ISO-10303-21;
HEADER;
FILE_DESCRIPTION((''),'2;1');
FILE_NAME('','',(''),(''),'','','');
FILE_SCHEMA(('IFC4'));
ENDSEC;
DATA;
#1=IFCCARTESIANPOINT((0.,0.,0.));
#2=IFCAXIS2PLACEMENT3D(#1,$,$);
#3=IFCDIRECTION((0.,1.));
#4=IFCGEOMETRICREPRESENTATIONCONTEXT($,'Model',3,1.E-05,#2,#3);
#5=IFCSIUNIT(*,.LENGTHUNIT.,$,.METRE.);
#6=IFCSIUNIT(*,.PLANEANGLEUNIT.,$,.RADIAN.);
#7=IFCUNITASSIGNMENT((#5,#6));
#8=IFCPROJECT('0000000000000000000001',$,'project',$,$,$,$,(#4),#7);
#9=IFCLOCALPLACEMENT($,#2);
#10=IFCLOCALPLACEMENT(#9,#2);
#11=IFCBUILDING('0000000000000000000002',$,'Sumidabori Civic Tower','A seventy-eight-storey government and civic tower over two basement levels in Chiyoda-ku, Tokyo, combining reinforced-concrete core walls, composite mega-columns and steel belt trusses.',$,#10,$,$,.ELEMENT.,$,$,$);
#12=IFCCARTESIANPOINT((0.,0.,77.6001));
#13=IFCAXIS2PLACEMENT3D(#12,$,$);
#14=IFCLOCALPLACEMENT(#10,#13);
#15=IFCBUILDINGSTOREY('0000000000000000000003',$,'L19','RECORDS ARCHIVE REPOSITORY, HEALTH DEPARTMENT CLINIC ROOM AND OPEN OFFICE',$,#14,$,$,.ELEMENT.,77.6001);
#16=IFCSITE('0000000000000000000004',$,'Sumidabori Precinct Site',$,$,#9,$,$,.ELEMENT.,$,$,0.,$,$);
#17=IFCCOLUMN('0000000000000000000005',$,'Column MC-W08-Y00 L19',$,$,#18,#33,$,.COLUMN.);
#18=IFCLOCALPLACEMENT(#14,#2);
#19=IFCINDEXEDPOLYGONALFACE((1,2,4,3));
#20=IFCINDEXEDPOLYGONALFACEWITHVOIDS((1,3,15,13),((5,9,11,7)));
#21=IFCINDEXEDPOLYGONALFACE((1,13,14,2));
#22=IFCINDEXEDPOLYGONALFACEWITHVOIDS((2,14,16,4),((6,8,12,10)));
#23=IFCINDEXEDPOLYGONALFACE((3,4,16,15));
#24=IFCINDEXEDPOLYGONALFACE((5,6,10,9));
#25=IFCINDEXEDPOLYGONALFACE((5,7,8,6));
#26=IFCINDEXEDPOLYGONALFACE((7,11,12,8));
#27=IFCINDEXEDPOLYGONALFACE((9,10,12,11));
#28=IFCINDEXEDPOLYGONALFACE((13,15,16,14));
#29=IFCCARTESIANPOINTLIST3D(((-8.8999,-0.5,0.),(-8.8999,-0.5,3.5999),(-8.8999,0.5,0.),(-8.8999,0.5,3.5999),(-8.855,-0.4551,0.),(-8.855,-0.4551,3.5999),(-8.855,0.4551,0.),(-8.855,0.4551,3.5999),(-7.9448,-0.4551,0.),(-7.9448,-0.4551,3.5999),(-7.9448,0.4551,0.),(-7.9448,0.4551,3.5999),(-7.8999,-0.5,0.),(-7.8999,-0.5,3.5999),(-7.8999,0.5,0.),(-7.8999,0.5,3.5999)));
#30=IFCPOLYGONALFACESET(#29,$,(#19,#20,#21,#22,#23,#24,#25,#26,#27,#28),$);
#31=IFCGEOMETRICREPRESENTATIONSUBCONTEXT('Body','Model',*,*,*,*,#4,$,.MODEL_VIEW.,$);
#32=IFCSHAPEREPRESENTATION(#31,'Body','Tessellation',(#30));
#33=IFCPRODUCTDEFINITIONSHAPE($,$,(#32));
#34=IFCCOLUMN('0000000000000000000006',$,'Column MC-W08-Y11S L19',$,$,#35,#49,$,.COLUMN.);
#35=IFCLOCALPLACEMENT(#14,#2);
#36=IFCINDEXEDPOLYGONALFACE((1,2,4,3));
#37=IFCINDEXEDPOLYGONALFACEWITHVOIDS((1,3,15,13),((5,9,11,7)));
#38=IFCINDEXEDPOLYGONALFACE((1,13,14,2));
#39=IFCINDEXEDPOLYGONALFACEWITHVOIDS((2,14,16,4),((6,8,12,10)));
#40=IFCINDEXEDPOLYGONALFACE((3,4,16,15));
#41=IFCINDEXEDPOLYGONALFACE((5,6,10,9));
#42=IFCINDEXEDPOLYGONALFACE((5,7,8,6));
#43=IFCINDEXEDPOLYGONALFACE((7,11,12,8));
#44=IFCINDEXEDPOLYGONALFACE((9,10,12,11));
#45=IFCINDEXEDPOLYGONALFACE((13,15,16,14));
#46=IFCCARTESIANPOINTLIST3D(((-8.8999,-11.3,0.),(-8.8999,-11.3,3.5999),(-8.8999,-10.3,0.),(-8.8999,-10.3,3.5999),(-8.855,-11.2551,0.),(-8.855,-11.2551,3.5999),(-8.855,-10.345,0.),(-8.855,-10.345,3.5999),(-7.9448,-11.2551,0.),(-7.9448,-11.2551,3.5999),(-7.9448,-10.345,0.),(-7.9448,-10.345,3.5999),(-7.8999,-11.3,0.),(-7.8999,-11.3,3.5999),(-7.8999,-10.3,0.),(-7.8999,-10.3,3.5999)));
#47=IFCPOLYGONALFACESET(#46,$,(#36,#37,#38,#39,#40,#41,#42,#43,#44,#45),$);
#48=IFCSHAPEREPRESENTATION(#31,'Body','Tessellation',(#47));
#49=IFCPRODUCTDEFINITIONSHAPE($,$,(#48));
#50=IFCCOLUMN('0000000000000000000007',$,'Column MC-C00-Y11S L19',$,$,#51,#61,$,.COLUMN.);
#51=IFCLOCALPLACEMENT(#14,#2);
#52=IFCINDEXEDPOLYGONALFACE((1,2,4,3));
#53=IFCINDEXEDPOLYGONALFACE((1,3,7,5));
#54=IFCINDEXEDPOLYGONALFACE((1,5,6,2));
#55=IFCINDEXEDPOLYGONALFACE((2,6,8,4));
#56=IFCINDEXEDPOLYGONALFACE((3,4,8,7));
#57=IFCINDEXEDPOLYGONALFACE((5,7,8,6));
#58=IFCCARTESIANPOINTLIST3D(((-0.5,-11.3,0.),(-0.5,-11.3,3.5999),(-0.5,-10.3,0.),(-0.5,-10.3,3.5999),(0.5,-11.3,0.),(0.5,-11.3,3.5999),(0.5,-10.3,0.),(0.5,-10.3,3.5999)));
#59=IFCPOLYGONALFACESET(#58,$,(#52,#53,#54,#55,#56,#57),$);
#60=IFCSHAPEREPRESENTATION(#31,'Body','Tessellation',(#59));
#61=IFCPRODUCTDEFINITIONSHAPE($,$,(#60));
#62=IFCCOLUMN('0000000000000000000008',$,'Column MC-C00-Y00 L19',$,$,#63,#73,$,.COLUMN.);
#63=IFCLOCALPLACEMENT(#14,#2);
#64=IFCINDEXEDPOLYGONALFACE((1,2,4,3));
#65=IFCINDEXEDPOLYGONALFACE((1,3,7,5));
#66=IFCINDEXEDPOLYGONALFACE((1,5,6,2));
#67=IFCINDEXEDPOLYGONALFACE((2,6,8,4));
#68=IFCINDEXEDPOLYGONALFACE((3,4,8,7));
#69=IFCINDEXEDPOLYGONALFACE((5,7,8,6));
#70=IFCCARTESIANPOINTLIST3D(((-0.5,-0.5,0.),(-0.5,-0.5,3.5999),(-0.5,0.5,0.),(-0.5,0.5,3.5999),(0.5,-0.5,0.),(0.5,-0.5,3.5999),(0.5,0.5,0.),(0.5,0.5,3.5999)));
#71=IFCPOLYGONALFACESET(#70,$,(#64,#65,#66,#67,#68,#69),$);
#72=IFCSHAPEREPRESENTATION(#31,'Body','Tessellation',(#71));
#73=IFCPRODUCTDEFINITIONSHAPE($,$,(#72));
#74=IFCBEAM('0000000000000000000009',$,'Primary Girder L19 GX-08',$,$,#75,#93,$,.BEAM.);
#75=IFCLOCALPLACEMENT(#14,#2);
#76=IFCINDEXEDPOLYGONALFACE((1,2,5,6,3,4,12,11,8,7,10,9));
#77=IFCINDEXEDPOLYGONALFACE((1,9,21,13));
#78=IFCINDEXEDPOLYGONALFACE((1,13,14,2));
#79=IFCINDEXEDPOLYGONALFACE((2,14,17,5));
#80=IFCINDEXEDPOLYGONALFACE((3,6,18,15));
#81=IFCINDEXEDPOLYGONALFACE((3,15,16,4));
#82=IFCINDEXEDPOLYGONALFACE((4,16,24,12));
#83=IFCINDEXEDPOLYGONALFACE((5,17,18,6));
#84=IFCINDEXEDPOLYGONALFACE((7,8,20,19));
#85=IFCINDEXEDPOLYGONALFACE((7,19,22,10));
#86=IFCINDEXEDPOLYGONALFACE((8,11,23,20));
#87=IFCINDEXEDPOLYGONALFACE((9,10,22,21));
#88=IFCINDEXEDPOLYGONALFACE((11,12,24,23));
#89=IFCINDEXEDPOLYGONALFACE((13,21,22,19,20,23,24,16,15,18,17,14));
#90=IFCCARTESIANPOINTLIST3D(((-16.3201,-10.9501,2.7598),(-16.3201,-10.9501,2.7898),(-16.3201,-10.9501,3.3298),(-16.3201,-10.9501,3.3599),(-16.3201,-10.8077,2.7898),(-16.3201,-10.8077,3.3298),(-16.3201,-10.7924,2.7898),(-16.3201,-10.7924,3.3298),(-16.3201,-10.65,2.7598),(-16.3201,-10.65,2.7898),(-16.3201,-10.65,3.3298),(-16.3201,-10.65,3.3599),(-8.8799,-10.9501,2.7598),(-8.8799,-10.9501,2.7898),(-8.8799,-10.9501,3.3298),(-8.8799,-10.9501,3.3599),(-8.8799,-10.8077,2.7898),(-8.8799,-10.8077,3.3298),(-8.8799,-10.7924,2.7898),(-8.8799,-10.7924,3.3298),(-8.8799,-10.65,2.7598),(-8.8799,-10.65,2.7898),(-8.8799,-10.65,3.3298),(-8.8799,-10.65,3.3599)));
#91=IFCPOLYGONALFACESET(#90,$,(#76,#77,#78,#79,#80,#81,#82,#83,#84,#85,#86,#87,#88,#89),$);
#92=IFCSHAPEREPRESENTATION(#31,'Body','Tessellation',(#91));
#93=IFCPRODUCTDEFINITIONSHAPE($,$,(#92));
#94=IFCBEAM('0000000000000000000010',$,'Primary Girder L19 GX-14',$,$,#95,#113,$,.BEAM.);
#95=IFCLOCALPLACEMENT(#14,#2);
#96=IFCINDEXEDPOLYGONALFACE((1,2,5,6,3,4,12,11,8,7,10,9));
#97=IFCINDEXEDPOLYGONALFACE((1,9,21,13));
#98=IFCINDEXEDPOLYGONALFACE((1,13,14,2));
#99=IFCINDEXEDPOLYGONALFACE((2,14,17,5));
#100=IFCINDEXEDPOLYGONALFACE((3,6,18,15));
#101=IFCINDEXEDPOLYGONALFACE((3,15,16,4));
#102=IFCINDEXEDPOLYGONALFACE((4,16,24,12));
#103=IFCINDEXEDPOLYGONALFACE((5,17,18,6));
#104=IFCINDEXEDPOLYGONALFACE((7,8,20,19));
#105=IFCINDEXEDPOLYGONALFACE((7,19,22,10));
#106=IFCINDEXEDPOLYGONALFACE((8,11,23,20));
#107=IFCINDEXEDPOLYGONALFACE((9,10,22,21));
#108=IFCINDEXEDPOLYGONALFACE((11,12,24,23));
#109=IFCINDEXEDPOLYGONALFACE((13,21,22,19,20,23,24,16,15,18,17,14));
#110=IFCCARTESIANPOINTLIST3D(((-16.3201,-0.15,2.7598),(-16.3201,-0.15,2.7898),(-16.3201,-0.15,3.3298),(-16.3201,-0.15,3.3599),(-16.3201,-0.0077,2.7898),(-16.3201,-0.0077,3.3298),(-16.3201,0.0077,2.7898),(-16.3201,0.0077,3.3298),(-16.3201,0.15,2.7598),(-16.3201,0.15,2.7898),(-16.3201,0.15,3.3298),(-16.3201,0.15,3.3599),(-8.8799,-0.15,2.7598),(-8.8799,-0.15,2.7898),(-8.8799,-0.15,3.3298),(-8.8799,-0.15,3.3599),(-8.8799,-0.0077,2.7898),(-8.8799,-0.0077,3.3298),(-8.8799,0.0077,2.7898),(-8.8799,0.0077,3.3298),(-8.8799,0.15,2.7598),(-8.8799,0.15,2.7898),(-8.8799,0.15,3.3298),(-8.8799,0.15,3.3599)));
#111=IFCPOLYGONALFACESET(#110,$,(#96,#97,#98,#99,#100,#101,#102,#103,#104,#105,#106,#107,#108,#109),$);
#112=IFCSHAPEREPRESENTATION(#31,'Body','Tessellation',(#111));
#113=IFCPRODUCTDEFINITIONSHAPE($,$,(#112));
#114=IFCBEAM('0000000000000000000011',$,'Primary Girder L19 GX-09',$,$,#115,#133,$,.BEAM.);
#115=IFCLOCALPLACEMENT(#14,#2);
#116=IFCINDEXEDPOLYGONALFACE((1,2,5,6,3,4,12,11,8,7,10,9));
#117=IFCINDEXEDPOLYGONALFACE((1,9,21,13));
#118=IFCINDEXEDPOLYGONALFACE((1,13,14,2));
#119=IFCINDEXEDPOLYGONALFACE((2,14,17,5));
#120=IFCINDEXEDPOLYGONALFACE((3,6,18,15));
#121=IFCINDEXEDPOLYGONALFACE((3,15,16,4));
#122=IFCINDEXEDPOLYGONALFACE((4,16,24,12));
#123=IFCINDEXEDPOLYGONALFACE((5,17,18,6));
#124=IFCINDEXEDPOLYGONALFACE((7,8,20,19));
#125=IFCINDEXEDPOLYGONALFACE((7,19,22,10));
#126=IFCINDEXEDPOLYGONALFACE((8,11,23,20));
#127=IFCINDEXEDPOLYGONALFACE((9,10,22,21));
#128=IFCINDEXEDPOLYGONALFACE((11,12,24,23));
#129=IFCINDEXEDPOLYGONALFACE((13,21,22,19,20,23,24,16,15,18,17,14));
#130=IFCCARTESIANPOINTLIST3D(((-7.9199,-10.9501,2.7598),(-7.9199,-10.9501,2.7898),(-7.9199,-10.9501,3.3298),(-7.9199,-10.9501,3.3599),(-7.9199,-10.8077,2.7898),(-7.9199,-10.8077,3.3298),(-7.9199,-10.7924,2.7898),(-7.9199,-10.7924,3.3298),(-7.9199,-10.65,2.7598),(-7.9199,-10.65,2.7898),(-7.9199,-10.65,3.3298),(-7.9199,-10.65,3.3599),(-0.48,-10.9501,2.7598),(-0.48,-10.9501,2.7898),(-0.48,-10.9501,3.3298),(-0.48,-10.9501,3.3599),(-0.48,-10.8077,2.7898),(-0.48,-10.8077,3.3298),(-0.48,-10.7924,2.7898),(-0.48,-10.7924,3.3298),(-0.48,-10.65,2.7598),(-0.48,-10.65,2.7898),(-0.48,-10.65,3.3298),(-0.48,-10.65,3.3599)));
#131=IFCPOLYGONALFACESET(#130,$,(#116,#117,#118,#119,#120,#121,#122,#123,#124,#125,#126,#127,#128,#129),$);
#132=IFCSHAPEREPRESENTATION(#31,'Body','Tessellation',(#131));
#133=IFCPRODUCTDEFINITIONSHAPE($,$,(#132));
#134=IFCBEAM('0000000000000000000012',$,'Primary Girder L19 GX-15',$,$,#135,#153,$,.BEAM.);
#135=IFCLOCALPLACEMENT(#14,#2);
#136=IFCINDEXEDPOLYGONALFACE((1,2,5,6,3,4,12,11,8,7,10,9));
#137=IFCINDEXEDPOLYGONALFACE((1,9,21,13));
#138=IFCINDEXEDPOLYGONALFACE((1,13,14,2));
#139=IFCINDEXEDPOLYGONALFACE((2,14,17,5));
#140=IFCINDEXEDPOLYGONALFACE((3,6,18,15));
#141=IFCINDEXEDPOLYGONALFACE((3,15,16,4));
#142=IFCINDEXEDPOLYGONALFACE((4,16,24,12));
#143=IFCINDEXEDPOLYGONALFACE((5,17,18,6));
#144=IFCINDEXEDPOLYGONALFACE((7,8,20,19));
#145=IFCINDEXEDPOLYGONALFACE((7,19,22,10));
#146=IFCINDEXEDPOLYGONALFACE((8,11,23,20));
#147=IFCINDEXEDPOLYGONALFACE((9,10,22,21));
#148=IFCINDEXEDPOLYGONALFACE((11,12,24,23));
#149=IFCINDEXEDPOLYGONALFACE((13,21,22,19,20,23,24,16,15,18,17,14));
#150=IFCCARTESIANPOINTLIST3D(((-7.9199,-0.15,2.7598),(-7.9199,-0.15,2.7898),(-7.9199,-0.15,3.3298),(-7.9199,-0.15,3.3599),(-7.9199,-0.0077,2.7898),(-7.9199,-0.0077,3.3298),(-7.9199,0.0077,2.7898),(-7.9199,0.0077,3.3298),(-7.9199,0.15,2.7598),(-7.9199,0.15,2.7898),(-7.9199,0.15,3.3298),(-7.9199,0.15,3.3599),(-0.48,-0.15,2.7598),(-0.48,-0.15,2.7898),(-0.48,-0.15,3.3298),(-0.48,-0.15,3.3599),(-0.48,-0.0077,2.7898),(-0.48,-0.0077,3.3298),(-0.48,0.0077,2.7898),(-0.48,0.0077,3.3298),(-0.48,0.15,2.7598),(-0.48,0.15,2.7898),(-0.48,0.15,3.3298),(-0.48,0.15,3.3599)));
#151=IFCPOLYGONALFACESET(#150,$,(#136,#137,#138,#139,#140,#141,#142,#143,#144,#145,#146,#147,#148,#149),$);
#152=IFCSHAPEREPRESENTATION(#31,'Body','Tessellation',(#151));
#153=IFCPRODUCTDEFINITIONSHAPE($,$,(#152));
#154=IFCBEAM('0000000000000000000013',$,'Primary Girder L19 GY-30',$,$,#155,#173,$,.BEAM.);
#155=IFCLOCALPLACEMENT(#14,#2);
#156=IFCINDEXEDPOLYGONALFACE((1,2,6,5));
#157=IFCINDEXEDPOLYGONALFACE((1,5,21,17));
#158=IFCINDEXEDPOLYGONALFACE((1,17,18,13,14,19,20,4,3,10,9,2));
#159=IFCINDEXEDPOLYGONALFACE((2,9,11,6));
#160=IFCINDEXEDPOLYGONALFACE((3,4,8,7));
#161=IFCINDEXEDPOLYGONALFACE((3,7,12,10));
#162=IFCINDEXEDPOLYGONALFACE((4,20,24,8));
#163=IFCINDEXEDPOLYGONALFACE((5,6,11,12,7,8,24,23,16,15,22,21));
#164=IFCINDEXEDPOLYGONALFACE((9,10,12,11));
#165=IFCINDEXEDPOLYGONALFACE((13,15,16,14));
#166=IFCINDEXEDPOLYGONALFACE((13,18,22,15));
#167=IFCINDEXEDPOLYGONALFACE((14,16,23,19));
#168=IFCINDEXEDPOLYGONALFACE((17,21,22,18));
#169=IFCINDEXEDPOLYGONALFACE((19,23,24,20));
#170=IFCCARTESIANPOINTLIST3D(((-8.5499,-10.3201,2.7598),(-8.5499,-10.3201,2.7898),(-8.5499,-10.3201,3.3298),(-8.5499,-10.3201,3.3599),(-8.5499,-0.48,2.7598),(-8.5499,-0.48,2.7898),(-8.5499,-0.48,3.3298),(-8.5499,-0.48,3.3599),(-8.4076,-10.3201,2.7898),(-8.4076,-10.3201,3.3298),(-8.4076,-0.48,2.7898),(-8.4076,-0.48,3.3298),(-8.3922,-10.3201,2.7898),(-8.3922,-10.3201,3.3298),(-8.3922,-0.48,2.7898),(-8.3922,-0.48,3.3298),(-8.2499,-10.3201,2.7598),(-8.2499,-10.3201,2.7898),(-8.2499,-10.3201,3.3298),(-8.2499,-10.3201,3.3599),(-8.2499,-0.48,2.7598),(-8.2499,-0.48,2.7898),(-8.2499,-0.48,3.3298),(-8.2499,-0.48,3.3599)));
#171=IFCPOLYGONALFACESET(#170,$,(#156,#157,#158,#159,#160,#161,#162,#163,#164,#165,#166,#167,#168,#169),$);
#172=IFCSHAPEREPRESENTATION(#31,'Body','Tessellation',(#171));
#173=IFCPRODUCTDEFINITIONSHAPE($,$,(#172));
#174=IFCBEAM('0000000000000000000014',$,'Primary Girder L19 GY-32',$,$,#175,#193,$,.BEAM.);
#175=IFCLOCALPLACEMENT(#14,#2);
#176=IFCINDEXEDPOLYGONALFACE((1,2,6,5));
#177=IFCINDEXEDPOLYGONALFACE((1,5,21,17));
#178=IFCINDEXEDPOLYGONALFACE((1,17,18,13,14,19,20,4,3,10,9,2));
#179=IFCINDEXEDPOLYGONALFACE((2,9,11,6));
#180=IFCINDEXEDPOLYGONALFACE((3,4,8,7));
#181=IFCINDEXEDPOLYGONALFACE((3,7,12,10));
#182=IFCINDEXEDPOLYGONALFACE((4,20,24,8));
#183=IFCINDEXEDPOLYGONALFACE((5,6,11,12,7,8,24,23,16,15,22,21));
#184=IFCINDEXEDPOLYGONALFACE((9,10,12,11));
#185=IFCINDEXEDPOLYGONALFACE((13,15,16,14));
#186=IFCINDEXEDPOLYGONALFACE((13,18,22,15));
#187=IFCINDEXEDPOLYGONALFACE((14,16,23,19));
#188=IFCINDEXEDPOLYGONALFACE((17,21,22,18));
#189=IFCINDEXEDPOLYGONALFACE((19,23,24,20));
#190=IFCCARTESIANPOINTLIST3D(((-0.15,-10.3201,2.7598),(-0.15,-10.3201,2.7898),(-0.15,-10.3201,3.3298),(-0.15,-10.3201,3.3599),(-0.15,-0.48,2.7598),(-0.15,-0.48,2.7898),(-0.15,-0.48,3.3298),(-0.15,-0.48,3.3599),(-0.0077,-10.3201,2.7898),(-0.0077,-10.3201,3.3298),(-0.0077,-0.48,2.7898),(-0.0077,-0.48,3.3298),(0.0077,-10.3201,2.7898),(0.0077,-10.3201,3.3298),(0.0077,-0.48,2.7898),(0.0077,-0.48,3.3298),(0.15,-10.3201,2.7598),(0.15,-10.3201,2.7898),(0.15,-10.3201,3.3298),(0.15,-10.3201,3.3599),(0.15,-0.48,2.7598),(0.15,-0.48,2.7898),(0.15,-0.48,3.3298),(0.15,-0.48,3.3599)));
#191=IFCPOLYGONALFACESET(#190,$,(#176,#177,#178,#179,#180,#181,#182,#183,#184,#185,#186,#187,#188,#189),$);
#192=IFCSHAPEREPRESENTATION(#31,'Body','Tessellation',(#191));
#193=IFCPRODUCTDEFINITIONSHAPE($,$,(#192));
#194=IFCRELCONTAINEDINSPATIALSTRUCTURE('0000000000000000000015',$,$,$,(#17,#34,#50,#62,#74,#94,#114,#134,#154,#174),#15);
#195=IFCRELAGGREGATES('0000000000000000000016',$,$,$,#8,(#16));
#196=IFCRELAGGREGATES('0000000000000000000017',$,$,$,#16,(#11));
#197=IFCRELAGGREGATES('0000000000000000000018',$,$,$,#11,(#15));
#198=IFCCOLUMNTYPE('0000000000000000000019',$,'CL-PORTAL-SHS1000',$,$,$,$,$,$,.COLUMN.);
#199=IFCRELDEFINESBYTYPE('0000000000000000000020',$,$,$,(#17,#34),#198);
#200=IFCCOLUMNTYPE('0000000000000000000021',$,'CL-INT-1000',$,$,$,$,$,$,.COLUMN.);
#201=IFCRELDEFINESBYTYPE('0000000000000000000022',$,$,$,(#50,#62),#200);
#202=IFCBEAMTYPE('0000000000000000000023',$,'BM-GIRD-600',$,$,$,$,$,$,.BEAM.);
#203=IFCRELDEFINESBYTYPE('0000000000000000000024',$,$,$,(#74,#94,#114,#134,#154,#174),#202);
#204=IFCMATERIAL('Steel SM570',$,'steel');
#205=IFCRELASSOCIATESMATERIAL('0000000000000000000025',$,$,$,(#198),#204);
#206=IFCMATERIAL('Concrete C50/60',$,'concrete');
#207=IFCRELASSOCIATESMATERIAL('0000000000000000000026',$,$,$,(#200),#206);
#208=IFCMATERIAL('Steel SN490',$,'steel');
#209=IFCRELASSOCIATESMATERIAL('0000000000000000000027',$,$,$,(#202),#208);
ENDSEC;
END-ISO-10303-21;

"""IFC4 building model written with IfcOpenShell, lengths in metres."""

from ifc_helpers import new_model, si_unit, direction, frame, origin, origin_2d, place, context, subcontext, project, spatial, rectangle, hollow_rectangle, i_section, extrude, source, transform, mapped, material, material_profile, profile_set, type_object, element, save


model = new_model("IFC4")

# Units and contexts
model_context = context("Model", 3, precision=1e-05, world=origin(), true_north=direction((0.0, 1.0)))
body_context = subcontext(model_context, "Body", "Model", "MODEL_VIEW")
ifc_project = project(units=[si_unit("LENGTHUNIT", "METRE"), si_unit("PLANEANGLEUNIT", "RADIAN")], contexts=[model_context])

# Site, building, storey
site_placement = place(None, origin())
site = spatial("IfcSite", under=ifc_project, at=site_placement, Name="Sumidabori Precinct Site", CompositionType="ELEMENT", RefElevation=0.0)
building_placement = place(site_placement, origin())
building = spatial("IfcBuilding", under=site, at=building_placement, Name="Sumidabori Civic Tower", Description="A seventy-eight-storey government and civic tower over two basement levels in Chiyoda-ku, Tokyo, combining reinforced-concrete core walls, composite mega-columns and steel belt trusses.", CompositionType="ELEMENT")
storey_placement = place(building_placement, frame((0.0, 0.0, 77.6001)))
storey = spatial("IfcBuildingStorey", under=building, at=storey_placement, Name="L19", Description="RECORDS ARCHIVE REPOSITORY, HEALTH DEPARTMENT CLINIC ROOM AND OPEN OFFICE", CompositionType="ELEMENT", Elevation=77.6001)

# Columns
ifc_material_1 = material(Name="Steel SM570", Category="steel")
ifc_material_profile_1 = material_profile(ifc_material_1, hollow_rectangle(XDim=1.0, YDim=1.0, WallThickness=0.0449, at=origin_2d()), Name="SHS 1000x1000x45")
ifc_profile_set_1 = profile_set([ifc_material_profile_1], Name="Steel SM570")
column_type_1 = type_object("IfcColumnType", Name="CL-PORTAL-SHS1000", PredefinedType="COLUMN", material=ifc_profile_set_1)
shared_shape_1 = source(origin(), body_context, "Body", "SweptSolid", [
    extrude(hollow_rectangle(XDim=1.0, YDim=1.0, WallThickness=0.0449, at=origin_2d()), origin(), (0.0, 0.0, 1.0), 3.5999),
])
for number, where, z_axis, x_axis, name in (
    (1, (-8.3999, 0.0, 0.0), (0.0, 0.0, 1.0), (1.0, 0.0, 0.0), "Column MC-W08-Y00 L19"),
    (2, (-8.3999, -10.8, 0.0), (0.0, 0.0, 1.0), (1.0, 0.0, 0.0), "Column MC-W08-Y11S L19"),
):
    element("IfcColumn", number, at=place(storey_placement, frame(where, z_axis=z_axis, x_axis=x_axis)), inside=storey, type_object=column_type_1, Name=name, PredefinedType="COLUMN", context=body_context, shape_type="MappedRepresentation", body=[
        mapped(shared_shape_1, transform((0.0, 0.0, 0.0), x_axis=(1.0, 0.0, 0.0), y_axis=(0.0, 1.0, 0.0), z_axis=(0.0, 0.0, 1.0), scale=1.0)),
    ])
ifc_material_2 = material(Name="Concrete C50/60", Category="concrete")
ifc_material_profile_2 = material_profile(ifc_material_2, rectangle(XDim=1.0, YDim=1.0, at=origin_2d()), Name="RC 1000x1000")
ifc_profile_set_2 = profile_set([ifc_material_profile_2], Name="Concrete C50/60")
column_type_2 = type_object("IfcColumnType", Name="CL-INT-1000", PredefinedType="COLUMN", material=ifc_profile_set_2)
shared_shape_2 = source(origin(), body_context, "Body", "SweptSolid", [
    extrude(rectangle(XDim=1.0, YDim=1.0, at=origin_2d()), origin(), (0.0, 0.0, 1.0), 3.5999),
])
for number, where, z_axis, x_axis, name in (
    (3, (0.0, -10.8, 0.0), (0.0, 0.0, 1.0), (1.0, 0.0, 0.0), "Column MC-C00-Y11S L19"),
    (4, (0.0, 0.0, 0.0), (0.0, 0.0, 1.0), (1.0, 0.0, 0.0), "Column MC-C00-Y00 L19"),
):
    element("IfcColumn", number, at=place(storey_placement, frame(where, z_axis=z_axis, x_axis=x_axis)), inside=storey, type_object=column_type_2, Name=name, PredefinedType="COLUMN", context=body_context, shape_type="MappedRepresentation", body=[
        mapped(shared_shape_2, transform((0.0, 0.0, 0.0), x_axis=(1.0, 0.0, 0.0), y_axis=(0.0, 1.0, 0.0), z_axis=(0.0, 0.0, 1.0), scale=1.0)),
    ])

# Beams
ifc_material_3 = material(Name="Steel SN490", Category="steel")
ifc_material_profile_3 = material_profile(ifc_material_3, i_section(OverallWidth=0.3, OverallDepth=0.6001, WebThickness=0.0154, FlangeThickness=0.03, at=origin_2d()), Name="HE 600 B")
ifc_profile_set_3 = profile_set([ifc_material_profile_3], Name="Steel SN490")
beam_type_1 = type_object("IfcBeamType", Name="BM-GIRD-600", PredefinedType="BEAM", material=ifc_profile_set_3)
shared_shape_3 = source(origin(), body_context, "Body", "SweptSolid", [
    extrude(i_section(OverallWidth=0.3, OverallDepth=0.6001, WebThickness=0.0154, FlangeThickness=0.03, at=origin_2d()), origin(), (0.0, 0.0, 1.0), 7.4402),
])
for number, where, z_axis, x_axis, name in (
    (5, (-16.3201, -10.8, 3.0598), (1.0, 0.0, 0.0), (0.0, 1.0, 0.0), "Primary Girder L19 GX-08"),
    (6, (-16.3201, 0.0, 3.0598), (1.0, 0.0, 0.0), (0.0, 1.0, 0.0), "Primary Girder L19 GX-14"),
):
    element("IfcBeam", number, at=place(storey_placement, frame(where, z_axis=z_axis, x_axis=x_axis)), inside=storey, type_object=beam_type_1, Name=name, PredefinedType="BEAM", context=body_context, shape_type="MappedRepresentation", body=[
        mapped(shared_shape_3, transform((0.0, 0.0, 0.0), x_axis=(1.0, 0.0, 0.0), y_axis=(0.0, 1.0, 0.0), z_axis=(0.0, 0.0, 1.0), scale=1.0)),
    ])
shared_shape_4 = source(origin(), body_context, "Body", "SweptSolid", [
    extrude(i_section(OverallWidth=0.3, OverallDepth=0.6001, WebThickness=0.0154, FlangeThickness=0.03, at=origin_2d()), origin(), (0.0, 0.0, 1.0), 7.4399),
])
for number, where, z_axis, x_axis, name in (
    (7, (-7.9199, -10.8, 3.0598), (1.0, 0.0, 0.0), (0.0, 1.0, 0.0), "Primary Girder L19 GX-09"),
    (8, (-7.9199, 0.0, 3.0598), (1.0, 0.0, 0.0), (0.0, 1.0, 0.0), "Primary Girder L19 GX-15"),
):
    element("IfcBeam", number, at=place(storey_placement, frame(where, z_axis=z_axis, x_axis=x_axis)), inside=storey, type_object=beam_type_1, Name=name, PredefinedType="BEAM", context=body_context, shape_type="MappedRepresentation", body=[
        mapped(shared_shape_4, transform((0.0, 0.0, 0.0), x_axis=(1.0, 0.0, 0.0), y_axis=(0.0, 1.0, 0.0), z_axis=(0.0, 0.0, 1.0), scale=1.0)),
    ])
shared_shape_5 = source(origin(), body_context, "Body", "SweptSolid", [
    extrude(i_section(OverallWidth=0.3, OverallDepth=0.6001, WebThickness=0.0154, FlangeThickness=0.03, at=origin_2d()), origin(), (0.0, 0.0, 1.0), 9.8401),
])
for number, where, z_axis, x_axis, name in (
    (9, (-8.3999, -10.3201, 3.0598), (0.0, 1.0, 0.0), (-1.0, 0.0, 0.0), "Primary Girder L19 GY-30"),
    (10, (0.0, -10.3201, 3.0598), (0.0, 1.0, 0.0), (-1.0, 0.0, 0.0), "Primary Girder L19 GY-32"),
):
    element("IfcBeam", number, at=place(storey_placement, frame(where, z_axis=z_axis, x_axis=x_axis)), inside=storey, type_object=beam_type_1, Name=name, PredefinedType="BEAM", context=body_context, shape_type="MappedRepresentation", body=[
        mapped(shared_shape_5, transform((0.0, 0.0, 0.0), x_axis=(1.0, 0.0, 0.0), y_axis=(0.0, 1.0, 0.0), z_axis=(0.0, 0.0, 1.0), scale=1.0)),
    ])

save(model, "model.ifc")
